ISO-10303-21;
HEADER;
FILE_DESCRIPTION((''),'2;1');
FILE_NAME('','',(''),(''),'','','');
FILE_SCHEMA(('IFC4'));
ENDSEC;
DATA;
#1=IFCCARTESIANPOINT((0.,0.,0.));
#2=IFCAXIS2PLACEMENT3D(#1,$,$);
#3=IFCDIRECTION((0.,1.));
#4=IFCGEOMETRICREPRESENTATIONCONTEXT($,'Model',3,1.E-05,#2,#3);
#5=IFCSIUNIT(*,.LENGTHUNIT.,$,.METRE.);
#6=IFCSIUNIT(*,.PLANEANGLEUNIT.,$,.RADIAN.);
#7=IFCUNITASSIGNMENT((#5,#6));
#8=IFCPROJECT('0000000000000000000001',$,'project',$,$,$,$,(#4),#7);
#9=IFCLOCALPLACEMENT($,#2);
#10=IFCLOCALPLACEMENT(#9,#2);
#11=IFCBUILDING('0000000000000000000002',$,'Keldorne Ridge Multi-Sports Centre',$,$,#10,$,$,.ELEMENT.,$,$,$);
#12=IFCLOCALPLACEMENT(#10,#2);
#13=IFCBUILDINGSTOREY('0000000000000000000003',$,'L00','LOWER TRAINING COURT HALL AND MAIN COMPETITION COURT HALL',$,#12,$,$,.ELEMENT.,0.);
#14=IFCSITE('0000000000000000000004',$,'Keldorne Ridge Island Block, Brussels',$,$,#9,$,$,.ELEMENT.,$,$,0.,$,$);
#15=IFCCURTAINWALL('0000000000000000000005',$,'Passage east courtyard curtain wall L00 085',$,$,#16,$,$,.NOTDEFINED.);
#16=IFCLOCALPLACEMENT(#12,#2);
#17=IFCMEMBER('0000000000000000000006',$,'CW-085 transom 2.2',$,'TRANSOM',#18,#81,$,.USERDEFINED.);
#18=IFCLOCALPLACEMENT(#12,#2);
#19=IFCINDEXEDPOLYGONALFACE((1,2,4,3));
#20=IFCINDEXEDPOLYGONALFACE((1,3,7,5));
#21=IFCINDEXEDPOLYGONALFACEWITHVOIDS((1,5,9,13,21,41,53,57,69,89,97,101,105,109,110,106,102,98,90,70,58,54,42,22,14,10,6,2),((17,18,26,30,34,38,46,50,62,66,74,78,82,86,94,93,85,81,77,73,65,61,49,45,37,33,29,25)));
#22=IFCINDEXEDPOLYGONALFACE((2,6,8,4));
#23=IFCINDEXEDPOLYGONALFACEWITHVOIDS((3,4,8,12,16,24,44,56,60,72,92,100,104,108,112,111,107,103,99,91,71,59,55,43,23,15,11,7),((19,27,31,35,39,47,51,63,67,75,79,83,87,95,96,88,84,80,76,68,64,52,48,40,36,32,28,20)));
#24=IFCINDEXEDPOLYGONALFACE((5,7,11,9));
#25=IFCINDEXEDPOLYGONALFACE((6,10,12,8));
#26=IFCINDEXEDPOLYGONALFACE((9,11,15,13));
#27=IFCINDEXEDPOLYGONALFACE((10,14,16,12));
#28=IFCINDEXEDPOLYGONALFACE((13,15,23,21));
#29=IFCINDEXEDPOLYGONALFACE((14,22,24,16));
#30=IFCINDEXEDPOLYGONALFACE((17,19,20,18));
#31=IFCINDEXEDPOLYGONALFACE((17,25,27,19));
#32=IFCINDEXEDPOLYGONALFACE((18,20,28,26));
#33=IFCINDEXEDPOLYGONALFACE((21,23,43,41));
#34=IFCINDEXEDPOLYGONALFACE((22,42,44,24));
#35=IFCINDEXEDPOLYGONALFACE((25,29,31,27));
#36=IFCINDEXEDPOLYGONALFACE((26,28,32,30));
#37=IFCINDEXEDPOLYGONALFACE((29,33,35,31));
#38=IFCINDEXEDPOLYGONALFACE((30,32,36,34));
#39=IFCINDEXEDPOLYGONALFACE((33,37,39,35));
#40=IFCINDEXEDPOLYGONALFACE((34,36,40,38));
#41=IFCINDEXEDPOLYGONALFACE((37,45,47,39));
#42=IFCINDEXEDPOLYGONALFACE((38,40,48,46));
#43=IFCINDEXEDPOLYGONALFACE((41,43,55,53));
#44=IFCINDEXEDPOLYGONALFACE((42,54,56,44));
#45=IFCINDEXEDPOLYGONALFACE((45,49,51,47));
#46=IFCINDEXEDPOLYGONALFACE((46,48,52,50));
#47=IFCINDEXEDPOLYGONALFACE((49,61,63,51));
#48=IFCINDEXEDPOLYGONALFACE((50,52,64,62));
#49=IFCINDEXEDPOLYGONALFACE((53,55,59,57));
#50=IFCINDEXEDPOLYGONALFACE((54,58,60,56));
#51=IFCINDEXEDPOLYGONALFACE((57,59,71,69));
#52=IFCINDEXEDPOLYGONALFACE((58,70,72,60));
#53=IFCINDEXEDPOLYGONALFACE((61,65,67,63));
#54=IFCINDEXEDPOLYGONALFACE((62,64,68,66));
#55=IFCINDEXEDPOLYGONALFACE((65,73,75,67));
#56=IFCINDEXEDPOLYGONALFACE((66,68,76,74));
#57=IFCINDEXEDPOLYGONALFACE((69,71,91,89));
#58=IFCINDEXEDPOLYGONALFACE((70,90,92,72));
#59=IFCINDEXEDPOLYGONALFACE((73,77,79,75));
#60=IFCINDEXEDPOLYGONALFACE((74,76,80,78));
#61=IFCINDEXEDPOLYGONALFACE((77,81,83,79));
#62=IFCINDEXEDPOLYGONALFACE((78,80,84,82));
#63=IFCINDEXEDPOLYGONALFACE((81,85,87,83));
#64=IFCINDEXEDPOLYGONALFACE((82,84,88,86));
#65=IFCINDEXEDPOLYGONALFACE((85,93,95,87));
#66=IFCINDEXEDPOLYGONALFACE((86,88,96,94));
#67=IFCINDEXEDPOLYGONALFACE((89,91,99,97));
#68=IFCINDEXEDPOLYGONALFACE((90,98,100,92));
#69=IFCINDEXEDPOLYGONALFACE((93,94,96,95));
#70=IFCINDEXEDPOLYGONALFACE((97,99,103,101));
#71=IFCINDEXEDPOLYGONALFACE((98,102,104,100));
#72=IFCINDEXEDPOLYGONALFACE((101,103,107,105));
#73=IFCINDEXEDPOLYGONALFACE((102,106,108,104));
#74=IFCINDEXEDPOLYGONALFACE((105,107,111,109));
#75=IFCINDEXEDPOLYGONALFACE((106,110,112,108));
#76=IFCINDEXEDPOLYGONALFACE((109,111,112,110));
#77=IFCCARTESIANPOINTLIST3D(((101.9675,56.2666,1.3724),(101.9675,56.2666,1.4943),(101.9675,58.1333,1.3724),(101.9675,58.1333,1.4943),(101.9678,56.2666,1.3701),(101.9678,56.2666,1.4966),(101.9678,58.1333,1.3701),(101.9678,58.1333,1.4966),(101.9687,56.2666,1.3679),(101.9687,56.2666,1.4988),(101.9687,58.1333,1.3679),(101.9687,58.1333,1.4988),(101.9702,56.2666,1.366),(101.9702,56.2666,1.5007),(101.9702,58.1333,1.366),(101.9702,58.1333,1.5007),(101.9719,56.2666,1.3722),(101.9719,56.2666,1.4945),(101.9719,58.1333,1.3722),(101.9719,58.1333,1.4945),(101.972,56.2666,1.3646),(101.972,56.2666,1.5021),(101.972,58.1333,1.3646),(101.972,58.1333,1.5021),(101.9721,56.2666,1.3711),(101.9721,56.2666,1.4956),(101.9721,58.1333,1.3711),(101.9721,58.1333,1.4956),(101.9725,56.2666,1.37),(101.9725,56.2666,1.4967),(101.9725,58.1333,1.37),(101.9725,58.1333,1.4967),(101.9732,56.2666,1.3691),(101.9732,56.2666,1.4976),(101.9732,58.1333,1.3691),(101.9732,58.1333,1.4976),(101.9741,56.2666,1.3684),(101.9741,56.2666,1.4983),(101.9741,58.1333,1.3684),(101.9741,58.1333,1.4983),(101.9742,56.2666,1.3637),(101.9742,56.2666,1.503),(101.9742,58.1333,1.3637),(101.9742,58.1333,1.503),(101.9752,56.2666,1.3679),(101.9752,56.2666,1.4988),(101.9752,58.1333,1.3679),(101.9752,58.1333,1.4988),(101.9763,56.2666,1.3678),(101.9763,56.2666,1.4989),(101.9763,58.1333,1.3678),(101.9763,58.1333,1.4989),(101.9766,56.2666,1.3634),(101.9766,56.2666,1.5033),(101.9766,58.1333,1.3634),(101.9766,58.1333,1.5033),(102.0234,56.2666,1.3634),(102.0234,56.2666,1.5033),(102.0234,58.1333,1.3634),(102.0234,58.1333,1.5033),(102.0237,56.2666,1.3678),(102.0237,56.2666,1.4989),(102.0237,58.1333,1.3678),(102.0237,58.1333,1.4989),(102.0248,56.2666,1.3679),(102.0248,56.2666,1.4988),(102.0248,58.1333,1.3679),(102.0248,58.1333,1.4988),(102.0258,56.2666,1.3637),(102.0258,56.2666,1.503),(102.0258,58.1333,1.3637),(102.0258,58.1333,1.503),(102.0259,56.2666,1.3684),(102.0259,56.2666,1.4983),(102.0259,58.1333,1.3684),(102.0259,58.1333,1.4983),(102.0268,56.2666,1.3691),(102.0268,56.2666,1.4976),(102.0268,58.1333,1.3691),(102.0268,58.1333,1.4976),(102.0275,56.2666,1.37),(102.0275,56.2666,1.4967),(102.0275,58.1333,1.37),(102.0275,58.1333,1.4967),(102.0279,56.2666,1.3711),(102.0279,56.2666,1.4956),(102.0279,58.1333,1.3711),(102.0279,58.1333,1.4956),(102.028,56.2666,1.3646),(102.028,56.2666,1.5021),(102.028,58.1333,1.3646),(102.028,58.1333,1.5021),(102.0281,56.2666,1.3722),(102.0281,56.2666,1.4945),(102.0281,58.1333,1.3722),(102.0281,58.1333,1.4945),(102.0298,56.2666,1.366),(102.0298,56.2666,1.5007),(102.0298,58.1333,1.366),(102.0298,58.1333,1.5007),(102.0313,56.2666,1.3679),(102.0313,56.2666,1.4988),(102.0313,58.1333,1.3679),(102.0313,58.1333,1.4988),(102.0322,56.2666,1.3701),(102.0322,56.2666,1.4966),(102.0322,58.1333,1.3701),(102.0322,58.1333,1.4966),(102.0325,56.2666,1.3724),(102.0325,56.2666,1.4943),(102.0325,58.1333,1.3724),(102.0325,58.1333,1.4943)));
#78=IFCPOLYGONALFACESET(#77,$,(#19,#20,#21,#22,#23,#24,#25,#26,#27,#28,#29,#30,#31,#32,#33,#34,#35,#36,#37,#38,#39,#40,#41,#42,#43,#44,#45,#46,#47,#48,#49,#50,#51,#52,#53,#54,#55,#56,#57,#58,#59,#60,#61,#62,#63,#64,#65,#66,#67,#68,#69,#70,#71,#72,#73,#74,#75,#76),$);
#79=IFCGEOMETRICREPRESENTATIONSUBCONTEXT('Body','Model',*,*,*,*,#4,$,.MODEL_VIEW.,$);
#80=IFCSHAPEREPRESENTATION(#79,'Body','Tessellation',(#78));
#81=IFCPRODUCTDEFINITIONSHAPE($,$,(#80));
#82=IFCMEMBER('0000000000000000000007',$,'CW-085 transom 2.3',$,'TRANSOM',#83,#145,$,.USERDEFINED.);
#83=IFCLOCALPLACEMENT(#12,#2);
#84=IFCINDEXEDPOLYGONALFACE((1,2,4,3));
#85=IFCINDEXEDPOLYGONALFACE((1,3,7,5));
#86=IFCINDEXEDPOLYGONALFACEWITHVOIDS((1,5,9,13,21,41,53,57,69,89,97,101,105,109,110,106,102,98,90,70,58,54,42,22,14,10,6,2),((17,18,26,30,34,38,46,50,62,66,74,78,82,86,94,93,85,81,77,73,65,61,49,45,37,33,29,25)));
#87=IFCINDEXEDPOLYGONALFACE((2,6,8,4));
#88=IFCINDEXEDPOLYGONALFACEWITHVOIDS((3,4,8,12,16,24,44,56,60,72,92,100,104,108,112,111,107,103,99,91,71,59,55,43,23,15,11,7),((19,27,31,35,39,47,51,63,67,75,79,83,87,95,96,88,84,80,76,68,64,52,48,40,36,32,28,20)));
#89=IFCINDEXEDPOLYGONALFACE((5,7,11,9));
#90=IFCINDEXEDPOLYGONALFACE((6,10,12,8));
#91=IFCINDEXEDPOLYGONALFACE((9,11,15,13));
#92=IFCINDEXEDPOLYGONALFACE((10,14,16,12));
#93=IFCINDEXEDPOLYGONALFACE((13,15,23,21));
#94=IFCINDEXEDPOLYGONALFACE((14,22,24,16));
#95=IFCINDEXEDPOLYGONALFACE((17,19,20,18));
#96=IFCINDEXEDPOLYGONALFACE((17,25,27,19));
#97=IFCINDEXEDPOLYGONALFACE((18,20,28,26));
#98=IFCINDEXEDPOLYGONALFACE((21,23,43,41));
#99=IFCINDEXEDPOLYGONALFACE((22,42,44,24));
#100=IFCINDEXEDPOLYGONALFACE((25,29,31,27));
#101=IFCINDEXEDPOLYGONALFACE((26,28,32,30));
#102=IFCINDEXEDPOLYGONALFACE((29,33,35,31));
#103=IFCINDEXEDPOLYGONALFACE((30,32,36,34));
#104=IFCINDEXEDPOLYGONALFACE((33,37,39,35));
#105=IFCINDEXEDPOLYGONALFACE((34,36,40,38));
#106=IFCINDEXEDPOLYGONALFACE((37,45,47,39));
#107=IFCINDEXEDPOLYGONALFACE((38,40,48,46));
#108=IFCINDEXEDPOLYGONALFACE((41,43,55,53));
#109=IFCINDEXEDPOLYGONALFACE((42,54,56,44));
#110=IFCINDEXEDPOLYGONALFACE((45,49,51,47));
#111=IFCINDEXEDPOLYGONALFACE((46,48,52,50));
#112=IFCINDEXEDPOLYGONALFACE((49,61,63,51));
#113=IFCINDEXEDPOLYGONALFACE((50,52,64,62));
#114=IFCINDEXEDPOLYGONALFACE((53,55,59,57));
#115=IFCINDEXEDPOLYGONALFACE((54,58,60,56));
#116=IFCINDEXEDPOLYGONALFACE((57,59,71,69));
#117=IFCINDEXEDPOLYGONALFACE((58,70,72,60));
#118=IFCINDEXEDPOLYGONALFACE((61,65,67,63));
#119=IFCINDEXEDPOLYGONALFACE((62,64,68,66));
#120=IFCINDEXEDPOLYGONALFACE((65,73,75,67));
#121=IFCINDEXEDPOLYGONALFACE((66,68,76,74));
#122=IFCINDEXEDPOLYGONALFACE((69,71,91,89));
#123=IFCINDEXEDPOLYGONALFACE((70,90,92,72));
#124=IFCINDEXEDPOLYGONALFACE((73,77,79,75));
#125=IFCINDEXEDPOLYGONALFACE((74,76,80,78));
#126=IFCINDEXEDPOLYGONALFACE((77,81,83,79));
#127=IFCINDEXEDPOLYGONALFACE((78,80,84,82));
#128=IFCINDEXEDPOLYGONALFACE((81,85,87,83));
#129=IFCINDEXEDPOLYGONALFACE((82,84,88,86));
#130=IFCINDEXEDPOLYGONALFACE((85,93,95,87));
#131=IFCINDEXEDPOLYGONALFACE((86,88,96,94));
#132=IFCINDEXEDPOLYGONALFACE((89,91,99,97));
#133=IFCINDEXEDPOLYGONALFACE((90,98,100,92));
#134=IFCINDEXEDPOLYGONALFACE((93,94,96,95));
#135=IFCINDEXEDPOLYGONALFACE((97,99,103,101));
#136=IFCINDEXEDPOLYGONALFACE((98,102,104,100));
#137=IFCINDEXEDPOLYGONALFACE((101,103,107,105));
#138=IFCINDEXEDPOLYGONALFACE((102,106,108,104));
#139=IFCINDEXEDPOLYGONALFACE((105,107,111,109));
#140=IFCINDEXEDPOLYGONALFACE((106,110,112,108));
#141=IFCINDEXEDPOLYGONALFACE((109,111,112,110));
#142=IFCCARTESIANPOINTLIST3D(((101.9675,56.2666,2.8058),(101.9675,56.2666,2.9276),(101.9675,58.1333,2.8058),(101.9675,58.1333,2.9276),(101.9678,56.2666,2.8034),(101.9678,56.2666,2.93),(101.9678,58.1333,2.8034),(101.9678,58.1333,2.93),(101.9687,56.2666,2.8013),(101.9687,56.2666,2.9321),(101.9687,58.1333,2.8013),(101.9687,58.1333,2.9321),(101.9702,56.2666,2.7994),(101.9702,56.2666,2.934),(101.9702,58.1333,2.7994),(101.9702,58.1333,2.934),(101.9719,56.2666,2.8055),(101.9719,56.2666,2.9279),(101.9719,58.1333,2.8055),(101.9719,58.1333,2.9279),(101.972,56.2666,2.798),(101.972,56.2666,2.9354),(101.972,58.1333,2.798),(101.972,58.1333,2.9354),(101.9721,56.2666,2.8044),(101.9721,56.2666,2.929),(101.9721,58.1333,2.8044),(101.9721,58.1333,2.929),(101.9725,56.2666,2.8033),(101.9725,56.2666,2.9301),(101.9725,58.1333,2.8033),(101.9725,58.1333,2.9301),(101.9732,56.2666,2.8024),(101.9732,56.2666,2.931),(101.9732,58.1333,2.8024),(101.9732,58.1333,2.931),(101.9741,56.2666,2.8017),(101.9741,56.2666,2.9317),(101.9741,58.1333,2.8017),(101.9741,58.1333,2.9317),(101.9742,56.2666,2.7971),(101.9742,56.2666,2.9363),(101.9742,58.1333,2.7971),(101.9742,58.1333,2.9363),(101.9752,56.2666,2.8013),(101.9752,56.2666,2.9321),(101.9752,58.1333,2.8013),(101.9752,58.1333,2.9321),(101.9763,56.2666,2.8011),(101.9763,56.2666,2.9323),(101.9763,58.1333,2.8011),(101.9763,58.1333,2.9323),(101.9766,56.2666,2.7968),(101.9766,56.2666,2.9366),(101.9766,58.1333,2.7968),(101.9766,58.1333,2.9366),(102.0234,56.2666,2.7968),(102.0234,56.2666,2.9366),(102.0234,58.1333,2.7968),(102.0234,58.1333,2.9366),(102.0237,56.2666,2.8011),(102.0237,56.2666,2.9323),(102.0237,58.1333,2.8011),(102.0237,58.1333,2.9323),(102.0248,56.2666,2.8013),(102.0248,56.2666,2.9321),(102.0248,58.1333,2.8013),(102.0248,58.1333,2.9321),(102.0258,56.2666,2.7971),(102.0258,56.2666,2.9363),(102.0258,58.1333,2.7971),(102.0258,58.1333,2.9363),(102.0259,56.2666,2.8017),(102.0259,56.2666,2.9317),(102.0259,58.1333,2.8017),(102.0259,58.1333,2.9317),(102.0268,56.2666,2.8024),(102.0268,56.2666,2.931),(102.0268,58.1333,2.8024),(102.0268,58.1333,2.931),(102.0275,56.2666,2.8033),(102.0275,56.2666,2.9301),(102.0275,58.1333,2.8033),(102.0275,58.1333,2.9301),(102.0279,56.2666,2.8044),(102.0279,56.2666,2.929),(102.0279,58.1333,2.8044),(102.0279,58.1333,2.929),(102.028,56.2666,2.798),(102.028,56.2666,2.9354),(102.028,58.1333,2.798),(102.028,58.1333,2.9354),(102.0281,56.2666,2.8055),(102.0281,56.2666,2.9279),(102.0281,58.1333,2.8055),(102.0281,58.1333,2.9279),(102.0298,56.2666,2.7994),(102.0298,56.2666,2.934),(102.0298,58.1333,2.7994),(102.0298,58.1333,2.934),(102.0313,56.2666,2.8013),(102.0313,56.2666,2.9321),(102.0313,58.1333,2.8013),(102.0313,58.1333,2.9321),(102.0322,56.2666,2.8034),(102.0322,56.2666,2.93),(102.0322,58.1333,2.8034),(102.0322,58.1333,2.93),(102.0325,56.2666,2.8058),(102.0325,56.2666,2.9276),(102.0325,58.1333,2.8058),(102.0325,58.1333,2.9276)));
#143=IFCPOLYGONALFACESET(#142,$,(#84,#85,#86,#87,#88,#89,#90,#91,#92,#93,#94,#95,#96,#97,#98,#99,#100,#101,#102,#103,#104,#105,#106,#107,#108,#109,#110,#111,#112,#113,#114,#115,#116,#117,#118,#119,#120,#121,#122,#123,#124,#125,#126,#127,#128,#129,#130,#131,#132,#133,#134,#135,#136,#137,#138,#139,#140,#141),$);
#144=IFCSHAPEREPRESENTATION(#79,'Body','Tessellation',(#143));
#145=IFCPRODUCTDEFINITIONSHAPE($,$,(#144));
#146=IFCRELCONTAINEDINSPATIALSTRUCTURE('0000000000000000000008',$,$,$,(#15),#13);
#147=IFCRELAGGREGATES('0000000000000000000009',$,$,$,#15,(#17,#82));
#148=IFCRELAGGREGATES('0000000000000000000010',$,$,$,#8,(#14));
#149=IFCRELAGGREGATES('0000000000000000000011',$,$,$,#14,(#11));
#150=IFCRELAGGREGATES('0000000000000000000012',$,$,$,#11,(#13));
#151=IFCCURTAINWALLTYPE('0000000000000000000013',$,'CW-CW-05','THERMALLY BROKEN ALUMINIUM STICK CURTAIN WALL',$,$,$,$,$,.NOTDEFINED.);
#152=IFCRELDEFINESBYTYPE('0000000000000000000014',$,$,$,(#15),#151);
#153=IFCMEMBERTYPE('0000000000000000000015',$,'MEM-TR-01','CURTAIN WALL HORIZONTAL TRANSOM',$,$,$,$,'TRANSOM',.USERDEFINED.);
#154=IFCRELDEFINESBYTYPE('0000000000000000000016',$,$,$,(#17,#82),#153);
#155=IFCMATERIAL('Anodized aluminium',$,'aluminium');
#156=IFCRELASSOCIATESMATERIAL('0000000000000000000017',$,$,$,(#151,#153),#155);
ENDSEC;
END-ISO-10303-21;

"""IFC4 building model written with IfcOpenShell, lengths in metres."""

from ifc_helpers import new_model, si_unit, direction, frame, origin, origin_2d, place, context, subcontext, project, spatial, hollow_rectangle, extrude, material, material_profile, profile_set, type_object, element, aggregate, save


model = new_model("IFC4")

# Units and contexts
model_context = context("Model", 3, precision=1e-05, world=origin(), true_north=direction((0.0, 1.0)))
body_context = subcontext(model_context, "Body", "Model", "MODEL_VIEW")
ifc_project = project(units=[si_unit("LENGTHUNIT", "METRE"), si_unit("PLANEANGLEUNIT", "RADIAN")], contexts=[model_context])

# Site, building, storey
site_placement = place(None, origin())
site = spatial("IfcSite", under=ifc_project, at=site_placement, Name="Keldorne Ridge Island Block, Brussels", CompositionType="ELEMENT", RefElevation=0.0)
building_placement = place(site_placement, origin())
building = spatial("IfcBuilding", under=site, at=building_placement, Name="Keldorne Ridge Multi-Sports Centre", CompositionType="ELEMENT")
storey_placement = place(building_placement, origin())
storey = spatial("IfcBuildingStorey", under=building, at=storey_placement, Name="L00", Description="LOWER TRAINING COURT HALL AND MAIN COMPETITION COURT HALL", CompositionType="ELEMENT", Elevation=0.0)

# Curtain wall, members
ifc_material_1 = material(Name="Anodized aluminium", Category="aluminium")
curtain_wall_type = type_object("IfcCurtainWallType", Name="CW-CW-05", Description="THERMALLY BROKEN ALUMINIUM STICK CURTAIN WALL", PredefinedType="NOTDEFINED", material=ifc_material_1)
curtain_wall_placement = place(storey_placement, origin())
curtain_wall = element("IfcCurtainWall", 1, at=curtain_wall_placement, inside=storey, type_object=curtain_wall_type, Name="Passage east courtyard curtain wall L00 085", PredefinedType="NOTDEFINED")
ifc_material_profile_1 = material_profile(ifc_material_1, hollow_rectangle(XDim=0.0649, YDim=0.1399, WallThickness=0.0044, InnerFilletRadius=0.0044, OuterFilletRadius=0.009, at=origin_2d()), Name="ALU TRANSOM 140x65x4.5")
ifc_profile_set_1 = profile_set([ifc_material_profile_1], Name="Anodized aluminium")
member_type_1 = type_object("IfcMemberType", Name="MEM-TR-01", Description="CURTAIN WALL HORIZONTAL TRANSOM", ElementType="TRANSOM", PredefinedType="USERDEFINED", material=ifc_profile_set_1)
member_1_placement = place(storey_placement, frame((102.0, 56.2666, 1.4333), z_axis=(0.0, 1.0, 0.0), x_axis=(-1.0, 0.0, 0.0)))
member_1 = element("IfcMember", 2, at=member_1_placement, type_object=member_type_1, Name="CW-085 transom 2.2", ObjectType="TRANSOM", PredefinedType="USERDEFINED", context=body_context, shape_type="SweptSolid", body=[
    extrude(hollow_rectangle(XDim=0.0649, YDim=0.1399, WallThickness=0.0044, InnerFilletRadius=0.0044, OuterFilletRadius=0.009, at=origin_2d()), origin(), (0.0, 0.0, 1.0), 1.8667),
])
member_2_placement = place(storey_placement, frame((102.0, 56.2666, 2.8667), z_axis=(0.0, 1.0, 0.0), x_axis=(-1.0, 0.0, 0.0)))
member_2 = element("IfcMember", 3, at=member_2_placement, type_object=member_type_1, Name="CW-085 transom 2.3", ObjectType="TRANSOM", PredefinedType="USERDEFINED", context=body_context, shape_type="SweptSolid", body=[
    extrude(hollow_rectangle(XDim=0.0649, YDim=0.1399, WallThickness=0.0044, InnerFilletRadius=0.0044, OuterFilletRadius=0.009, at=origin_2d()), origin(), (0.0, 0.0, 1.0), 1.8667),
])
aggregate(curtain_wall, [member_1, member_2])

save(model, "model.ifc")
